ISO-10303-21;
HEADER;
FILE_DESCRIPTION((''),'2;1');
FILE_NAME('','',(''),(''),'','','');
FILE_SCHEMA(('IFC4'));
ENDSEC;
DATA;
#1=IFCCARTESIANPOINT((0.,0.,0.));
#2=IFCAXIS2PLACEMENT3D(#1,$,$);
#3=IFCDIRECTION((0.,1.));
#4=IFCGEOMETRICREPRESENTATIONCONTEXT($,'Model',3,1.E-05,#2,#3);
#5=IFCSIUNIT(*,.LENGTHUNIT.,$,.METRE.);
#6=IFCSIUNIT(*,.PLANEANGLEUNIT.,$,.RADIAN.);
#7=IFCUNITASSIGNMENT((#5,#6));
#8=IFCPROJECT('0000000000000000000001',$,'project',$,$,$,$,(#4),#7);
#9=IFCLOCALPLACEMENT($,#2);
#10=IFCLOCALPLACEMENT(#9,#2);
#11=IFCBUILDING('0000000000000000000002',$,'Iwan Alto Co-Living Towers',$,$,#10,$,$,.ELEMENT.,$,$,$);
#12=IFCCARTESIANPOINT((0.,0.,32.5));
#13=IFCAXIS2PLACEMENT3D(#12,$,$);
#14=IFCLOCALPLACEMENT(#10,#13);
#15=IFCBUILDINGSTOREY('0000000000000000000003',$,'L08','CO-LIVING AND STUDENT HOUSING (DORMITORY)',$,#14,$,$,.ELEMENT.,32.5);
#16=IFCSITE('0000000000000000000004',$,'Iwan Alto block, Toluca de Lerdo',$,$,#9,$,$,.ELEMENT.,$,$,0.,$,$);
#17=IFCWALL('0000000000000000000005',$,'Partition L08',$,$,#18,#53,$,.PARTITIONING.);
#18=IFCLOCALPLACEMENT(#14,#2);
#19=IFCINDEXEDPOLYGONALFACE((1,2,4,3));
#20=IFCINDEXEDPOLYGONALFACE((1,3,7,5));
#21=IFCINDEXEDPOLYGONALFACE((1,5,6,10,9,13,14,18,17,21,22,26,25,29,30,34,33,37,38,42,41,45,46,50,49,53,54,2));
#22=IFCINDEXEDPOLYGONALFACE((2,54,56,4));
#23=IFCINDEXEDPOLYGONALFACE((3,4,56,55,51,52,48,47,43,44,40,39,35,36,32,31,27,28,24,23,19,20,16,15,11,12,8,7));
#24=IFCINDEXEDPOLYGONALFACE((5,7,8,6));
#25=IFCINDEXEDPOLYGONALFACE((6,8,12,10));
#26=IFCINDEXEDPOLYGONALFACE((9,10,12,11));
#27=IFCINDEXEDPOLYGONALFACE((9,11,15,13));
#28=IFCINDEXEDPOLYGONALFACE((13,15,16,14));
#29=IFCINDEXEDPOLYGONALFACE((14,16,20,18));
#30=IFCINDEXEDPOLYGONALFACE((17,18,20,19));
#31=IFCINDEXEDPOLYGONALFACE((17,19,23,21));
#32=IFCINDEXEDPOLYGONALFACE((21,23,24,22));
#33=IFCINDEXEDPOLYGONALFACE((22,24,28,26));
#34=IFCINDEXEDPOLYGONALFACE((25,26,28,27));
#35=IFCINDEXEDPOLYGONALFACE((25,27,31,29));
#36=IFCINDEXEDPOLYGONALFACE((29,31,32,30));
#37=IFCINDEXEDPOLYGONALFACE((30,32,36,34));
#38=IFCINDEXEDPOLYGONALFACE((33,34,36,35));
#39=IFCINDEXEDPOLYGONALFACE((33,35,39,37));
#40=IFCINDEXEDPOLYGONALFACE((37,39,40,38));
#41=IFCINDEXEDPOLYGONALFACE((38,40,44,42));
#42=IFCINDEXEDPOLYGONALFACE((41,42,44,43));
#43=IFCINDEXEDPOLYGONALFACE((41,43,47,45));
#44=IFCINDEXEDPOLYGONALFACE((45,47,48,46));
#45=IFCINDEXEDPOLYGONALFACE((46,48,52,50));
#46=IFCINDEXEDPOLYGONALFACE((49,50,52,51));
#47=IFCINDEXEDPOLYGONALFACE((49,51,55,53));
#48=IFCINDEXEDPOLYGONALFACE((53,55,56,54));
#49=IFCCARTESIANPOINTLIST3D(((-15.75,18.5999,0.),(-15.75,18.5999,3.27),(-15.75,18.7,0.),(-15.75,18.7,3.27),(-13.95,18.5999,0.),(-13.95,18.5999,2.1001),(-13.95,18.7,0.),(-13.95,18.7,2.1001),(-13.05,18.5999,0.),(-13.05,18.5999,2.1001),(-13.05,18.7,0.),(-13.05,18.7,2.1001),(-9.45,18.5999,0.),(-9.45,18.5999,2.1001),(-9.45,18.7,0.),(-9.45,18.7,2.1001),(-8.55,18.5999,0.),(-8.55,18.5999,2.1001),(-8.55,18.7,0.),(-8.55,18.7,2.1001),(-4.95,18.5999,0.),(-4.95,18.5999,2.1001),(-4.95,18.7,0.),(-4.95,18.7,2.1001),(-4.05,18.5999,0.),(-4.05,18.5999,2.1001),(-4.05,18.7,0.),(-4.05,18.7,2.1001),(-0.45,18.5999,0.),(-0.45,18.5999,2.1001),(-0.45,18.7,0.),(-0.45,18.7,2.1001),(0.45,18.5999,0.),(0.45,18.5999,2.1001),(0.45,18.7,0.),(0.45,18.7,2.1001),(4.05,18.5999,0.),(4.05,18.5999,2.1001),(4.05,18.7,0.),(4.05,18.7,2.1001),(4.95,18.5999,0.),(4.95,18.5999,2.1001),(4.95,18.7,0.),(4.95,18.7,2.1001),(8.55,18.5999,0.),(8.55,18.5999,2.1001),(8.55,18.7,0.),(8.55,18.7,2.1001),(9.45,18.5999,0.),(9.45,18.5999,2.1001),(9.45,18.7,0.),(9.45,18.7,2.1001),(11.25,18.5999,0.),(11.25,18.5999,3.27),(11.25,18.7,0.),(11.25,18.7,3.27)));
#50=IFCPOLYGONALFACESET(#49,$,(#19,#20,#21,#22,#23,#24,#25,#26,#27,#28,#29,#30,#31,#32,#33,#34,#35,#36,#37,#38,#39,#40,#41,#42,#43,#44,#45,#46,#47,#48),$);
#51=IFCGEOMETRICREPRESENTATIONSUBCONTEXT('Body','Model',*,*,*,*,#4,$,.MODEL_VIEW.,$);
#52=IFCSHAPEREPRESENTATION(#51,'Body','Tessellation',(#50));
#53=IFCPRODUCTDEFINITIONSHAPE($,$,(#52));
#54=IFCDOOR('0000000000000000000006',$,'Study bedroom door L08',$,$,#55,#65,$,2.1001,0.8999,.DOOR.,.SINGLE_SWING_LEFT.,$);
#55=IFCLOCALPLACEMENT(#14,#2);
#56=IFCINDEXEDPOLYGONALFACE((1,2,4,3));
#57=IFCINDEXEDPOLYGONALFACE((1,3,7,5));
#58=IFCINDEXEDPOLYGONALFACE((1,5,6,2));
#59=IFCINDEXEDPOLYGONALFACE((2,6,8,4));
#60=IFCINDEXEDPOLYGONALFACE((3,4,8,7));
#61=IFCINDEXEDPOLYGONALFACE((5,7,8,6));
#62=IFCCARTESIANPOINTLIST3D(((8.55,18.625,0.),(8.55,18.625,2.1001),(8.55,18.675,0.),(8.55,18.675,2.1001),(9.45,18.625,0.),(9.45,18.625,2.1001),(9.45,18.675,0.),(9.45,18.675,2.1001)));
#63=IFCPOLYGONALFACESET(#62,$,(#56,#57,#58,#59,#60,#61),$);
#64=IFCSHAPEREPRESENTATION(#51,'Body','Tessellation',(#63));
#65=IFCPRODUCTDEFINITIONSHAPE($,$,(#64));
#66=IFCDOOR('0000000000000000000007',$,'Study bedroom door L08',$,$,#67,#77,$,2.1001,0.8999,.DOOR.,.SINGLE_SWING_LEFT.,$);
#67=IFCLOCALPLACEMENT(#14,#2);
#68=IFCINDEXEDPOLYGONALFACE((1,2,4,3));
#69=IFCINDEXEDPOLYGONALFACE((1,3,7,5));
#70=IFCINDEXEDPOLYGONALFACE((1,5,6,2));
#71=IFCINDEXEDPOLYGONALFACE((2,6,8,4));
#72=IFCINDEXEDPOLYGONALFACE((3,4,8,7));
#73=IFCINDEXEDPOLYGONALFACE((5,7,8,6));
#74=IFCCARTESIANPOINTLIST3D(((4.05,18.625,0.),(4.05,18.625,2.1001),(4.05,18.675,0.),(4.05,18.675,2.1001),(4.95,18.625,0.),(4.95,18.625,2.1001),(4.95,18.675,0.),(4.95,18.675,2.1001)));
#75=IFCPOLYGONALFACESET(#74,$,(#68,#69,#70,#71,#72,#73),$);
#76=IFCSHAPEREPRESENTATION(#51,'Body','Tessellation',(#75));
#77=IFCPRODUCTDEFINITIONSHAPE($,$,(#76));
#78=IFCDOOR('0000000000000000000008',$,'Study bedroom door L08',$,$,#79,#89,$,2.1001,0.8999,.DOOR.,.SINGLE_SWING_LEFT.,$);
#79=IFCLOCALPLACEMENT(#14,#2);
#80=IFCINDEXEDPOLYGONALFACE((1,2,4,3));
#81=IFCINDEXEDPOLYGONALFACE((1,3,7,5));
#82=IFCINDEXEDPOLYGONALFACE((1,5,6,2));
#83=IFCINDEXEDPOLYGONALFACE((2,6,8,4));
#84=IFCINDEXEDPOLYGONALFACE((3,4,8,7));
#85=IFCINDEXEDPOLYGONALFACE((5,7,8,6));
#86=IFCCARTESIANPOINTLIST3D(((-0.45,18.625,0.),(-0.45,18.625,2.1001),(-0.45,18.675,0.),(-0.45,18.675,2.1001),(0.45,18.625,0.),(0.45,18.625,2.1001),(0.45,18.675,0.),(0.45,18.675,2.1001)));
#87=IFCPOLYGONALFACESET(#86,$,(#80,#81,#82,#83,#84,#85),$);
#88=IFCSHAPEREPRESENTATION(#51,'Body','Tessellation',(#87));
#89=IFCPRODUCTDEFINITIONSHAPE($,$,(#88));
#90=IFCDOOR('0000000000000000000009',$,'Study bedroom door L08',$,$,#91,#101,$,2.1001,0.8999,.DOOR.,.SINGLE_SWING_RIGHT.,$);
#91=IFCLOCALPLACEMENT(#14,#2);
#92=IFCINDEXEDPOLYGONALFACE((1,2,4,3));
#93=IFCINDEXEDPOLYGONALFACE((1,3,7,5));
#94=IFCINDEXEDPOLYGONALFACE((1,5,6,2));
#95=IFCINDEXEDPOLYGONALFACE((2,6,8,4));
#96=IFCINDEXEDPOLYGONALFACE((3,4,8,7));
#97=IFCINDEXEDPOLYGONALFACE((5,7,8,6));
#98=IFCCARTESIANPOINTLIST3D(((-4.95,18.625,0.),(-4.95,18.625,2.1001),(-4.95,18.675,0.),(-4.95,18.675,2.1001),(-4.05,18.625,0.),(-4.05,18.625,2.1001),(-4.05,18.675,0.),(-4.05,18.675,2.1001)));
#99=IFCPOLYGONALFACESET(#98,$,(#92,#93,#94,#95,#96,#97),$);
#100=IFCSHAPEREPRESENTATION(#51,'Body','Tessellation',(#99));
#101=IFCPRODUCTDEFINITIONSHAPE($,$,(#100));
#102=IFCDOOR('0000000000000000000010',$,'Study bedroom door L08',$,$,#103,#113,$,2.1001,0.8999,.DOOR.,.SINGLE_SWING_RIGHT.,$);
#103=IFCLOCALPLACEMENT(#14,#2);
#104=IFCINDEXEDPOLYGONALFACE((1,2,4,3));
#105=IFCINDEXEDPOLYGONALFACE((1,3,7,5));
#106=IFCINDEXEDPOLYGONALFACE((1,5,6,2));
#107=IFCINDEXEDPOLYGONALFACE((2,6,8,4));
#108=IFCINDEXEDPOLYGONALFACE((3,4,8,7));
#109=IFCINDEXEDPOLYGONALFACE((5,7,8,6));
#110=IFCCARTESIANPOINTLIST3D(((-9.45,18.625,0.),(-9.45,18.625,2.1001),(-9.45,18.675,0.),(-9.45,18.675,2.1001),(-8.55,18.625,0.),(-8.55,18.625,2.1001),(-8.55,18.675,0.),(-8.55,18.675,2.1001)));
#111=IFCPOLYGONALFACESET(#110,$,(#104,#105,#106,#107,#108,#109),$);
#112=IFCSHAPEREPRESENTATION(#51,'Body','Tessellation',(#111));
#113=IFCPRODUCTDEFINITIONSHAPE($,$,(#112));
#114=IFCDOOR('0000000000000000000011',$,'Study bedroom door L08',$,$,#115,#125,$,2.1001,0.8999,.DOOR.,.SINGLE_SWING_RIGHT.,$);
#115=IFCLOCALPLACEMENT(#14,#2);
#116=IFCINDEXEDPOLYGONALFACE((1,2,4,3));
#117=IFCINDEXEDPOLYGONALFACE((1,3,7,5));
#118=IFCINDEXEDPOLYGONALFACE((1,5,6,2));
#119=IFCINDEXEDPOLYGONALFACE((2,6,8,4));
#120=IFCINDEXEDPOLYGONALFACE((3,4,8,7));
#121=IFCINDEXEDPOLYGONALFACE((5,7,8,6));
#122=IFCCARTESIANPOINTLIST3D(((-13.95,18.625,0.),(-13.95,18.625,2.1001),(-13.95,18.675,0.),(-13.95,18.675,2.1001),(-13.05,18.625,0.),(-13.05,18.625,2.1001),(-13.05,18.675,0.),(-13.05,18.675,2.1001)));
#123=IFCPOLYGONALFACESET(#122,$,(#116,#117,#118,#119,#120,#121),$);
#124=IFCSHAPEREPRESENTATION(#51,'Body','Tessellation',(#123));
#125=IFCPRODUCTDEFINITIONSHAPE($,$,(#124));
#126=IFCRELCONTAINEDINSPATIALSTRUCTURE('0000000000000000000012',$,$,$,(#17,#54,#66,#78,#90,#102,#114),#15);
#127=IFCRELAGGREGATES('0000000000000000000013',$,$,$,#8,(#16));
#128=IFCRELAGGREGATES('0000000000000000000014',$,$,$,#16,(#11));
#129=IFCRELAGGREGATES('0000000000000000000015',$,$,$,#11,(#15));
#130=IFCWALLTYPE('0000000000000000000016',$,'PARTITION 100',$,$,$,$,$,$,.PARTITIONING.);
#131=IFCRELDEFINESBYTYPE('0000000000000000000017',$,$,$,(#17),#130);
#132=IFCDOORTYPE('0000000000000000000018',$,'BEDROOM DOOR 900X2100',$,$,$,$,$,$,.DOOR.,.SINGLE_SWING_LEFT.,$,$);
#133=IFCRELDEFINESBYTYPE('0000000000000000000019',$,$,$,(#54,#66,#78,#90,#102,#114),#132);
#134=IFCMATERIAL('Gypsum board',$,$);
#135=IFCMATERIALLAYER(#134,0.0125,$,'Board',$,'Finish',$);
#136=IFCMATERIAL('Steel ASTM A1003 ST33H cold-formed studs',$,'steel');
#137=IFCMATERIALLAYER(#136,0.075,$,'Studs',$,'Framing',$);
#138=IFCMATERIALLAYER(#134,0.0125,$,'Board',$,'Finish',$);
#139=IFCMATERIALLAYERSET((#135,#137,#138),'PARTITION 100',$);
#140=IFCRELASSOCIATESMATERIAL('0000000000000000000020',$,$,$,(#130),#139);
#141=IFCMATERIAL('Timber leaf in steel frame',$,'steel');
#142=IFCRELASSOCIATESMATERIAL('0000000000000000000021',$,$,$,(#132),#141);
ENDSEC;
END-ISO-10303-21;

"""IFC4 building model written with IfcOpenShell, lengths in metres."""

from ifc_helpers import new_model, si_unit, direction, frame, frame_2d, origin, place, context, subcontext, project, spatial, rectangle, extrude, material, layer, layer_set, type_object, element, fill, save


model = new_model("IFC4")

# Units and contexts
model_context = context("Model", 3, precision=1e-05, world=origin(), true_north=direction((0.0, 1.0)))
body_context = subcontext(model_context, "Body", "Model", "MODEL_VIEW")
ifc_project = project(units=[si_unit("LENGTHUNIT", "METRE"), si_unit("PLANEANGLEUNIT", "RADIAN")], contexts=[model_context])

# Site, building, storey
site_placement = place(None, origin())
site = spatial("IfcSite", under=ifc_project, at=site_placement, Name="Iwan Alto block, Toluca de Lerdo", CompositionType="ELEMENT", RefElevation=0.0)
building_placement = place(site_placement, origin())
building = spatial("IfcBuilding", under=site, at=building_placement, Name="Iwan Alto Co-Living Towers", CompositionType="ELEMENT")
storey_placement = place(building_placement, frame((0.0, 0.0, 32.5)))
storey = spatial("IfcBuildingStorey", under=building, at=storey_placement, Name="L08", Description="CO-LIVING AND STUDENT HOUSING (DORMITORY)", CompositionType="ELEMENT", Elevation=32.5)

# Wall, openings, doors
ifc_material_1 = material(Name="Gypsum board")
ifc_layer_1 = layer(ifc_material_1, 0.0125, Name="Board", Category="Finish")
ifc_material_2 = material(Name="Steel ASTM A1003 ST33H cold-formed studs", Category="steel")
ifc_layer_2 = layer(ifc_material_2, 0.075, Name="Studs", Category="Framing")
ifc_layer_3 = layer(ifc_material_1, 0.0125, Name="Board", Category="Finish")
ifc_layer_set_1 = layer_set([ifc_layer_1, ifc_layer_2, ifc_layer_3], Name="PARTITION 100")
wall_type = type_object("IfcWallType", Name="PARTITION 100", PredefinedType="PARTITIONING", material=ifc_layer_set_1)
wall_placement = place(storey_placement, frame((-15.75, 18.6499, 0.0), z_axis=(0.0, 0.0, 1.0), x_axis=(1.0, 0.0, 0.0)))
wall = element("IfcWall", 1, at=wall_placement, inside=storey, type_object=wall_type, Name="Partition L08", PredefinedType="PARTITIONING", context=body_context, shape_type="SweptSolid", body=[
    extrude(rectangle(XDim=27.0, YDim=0.1001, at=frame_2d((13.5, 0.0))), origin(), (0.0, 0.0, 1.0), 3.27),
])
opening_1_placement = place(wall_placement, frame((24.3, 0.0, 0.0)))
opening_1 = element("IfcOpeningElement", 2, at=opening_1_placement, cuts=wall, PredefinedType="OPENING", context=body_context, shape_type="SweptSolid", body=[
    extrude(rectangle(XDim=0.8999, YDim=2.1001, at=frame_2d((0.45, 1.05))), frame((0.0, 0.0601, 0.0), z_axis=(0.0, -1.0, 0.0), x_axis=(1.0, 0.0, 0.0)), (0.0, 0.0, 1.0), 0.1201),
])
opening_2_placement = place(wall_placement, frame((19.8, 0.0, 0.0)))
opening_2 = element("IfcOpeningElement", 3, at=opening_2_placement, cuts=wall, PredefinedType="OPENING", context=body_context, shape_type="SweptSolid", body=[
    extrude(rectangle(XDim=0.8999, YDim=2.1001, at=frame_2d((0.45, 1.05))), frame((0.0, 0.0601, 0.0), z_axis=(0.0, -1.0, 0.0), x_axis=(1.0, 0.0, 0.0)), (0.0, 0.0, 1.0), 0.1201),
])
opening_3_placement = place(wall_placement, frame((15.3, 0.0, 0.0)))
opening_3 = element("IfcOpeningElement", 4, at=opening_3_placement, cuts=wall, PredefinedType="OPENING", context=body_context, shape_type="SweptSolid", body=[
    extrude(rectangle(XDim=0.8999, YDim=2.1001, at=frame_2d((0.45, 1.05))), frame((0.0, 0.0601, 0.0), z_axis=(0.0, -1.0, 0.0), x_axis=(1.0, 0.0, 0.0)), (0.0, 0.0, 1.0), 0.1201),
])
opening_4_placement = place(wall_placement, frame((10.8, 0.0, 0.0)))
opening_4 = element("IfcOpeningElement", 5, at=opening_4_placement, cuts=wall, PredefinedType="OPENING", context=body_context, shape_type="SweptSolid", body=[
    extrude(rectangle(XDim=0.8999, YDim=2.1001, at=frame_2d((0.45, 1.05))), frame((0.0, 0.0601, 0.0), z_axis=(0.0, -1.0, 0.0), x_axis=(1.0, 0.0, 0.0)), (0.0, 0.0, 1.0), 0.1201),
])
opening_5_placement = place(wall_placement, frame((6.3, 0.0, 0.0)))
opening_5 = element("IfcOpeningElement", 6, at=opening_5_placement, cuts=wall, PredefinedType="OPENING", context=body_context, shape_type="SweptSolid", body=[
    extrude(rectangle(XDim=0.8999, YDim=2.1001, at=frame_2d((0.45, 1.05))), frame((0.0, 0.0601, 0.0), z_axis=(0.0, -1.0, 0.0), x_axis=(1.0, 0.0, 0.0)), (0.0, 0.0, 1.0), 0.1201),
])
opening_6_placement = place(wall_placement, frame((1.8, 0.0, 0.0)))
opening_6 = element("IfcOpeningElement", 7, at=opening_6_placement, cuts=wall, PredefinedType="OPENING", context=body_context, shape_type="SweptSolid", body=[
    extrude(rectangle(XDim=0.8999, YDim=2.1001, at=frame_2d((0.45, 1.05))), frame((0.0, 0.0601, 0.0), z_axis=(0.0, -1.0, 0.0), x_axis=(1.0, 0.0, 0.0)), (0.0, 0.0, 1.0), 0.1201),
])
ifc_material_3 = material(Name="Timber leaf in steel frame", Category="steel")
door_type = type_object("IfcDoorType", Name="BEDROOM DOOR 900X2100", OperationType="SINGLE_SWING_LEFT", PredefinedType="DOOR", material=ifc_material_3)
door_1_placement = place(opening_1_placement, frame((0.8999, 0.0, 0.0), z_axis=(0.0, 0.0, 1.0), x_axis=(-1.0, 0.0, 0.0)))
door_1 = element("IfcDoor", 8, at=door_1_placement, inside=storey, type_object=door_type, Name="Study bedroom door L08", OperationType="SINGLE_SWING_LEFT", OverallHeight=2.1001, OverallWidth=0.8999, PredefinedType="DOOR", context=body_context, shape_type="SweptSolid", body=[
    extrude(rectangle(XDim=0.8999, YDim=2.1001, at=frame_2d((0.45, 1.05))), frame((0.0, 0.0249, 0.0), z_axis=(0.0, -1.0, 0.0), x_axis=(1.0, 0.0, 0.0)), (0.0, 0.0, 1.0), 0.05),
])
fill(opening_1, door_1)
door_2_placement = place(opening_2_placement, frame((0.8999, 0.0, 0.0), z_axis=(0.0, 0.0, 1.0), x_axis=(-1.0, 0.0, 0.0)))
door_2 = element("IfcDoor", 9, at=door_2_placement, inside=storey, type_object=door_type, Name="Study bedroom door L08", OperationType="SINGLE_SWING_LEFT", OverallHeight=2.1001, OverallWidth=0.8999, PredefinedType="DOOR", context=body_context, shape_type="SweptSolid", body=[
    extrude(rectangle(XDim=0.8999, YDim=2.1001, at=frame_2d((0.45, 1.05))), frame((0.0, 0.0249, 0.0), z_axis=(0.0, -1.0, 0.0), x_axis=(1.0, 0.0, 0.0)), (0.0, 0.0, 1.0), 0.05),
])
fill(opening_2, door_2)
door_3_placement = place(opening_3_placement, frame((0.8999, 0.0, 0.0), z_axis=(0.0, 0.0, 1.0), x_axis=(-1.0, 0.0, 0.0)))
door_3 = element("IfcDoor", 10, at=door_3_placement, inside=storey, type_object=door_type, Name="Study bedroom door L08", OperationType="SINGLE_SWING_LEFT", OverallHeight=2.1001, OverallWidth=0.8999, PredefinedType="DOOR", context=body_context, shape_type="SweptSolid", body=[
    extrude(rectangle(XDim=0.8999, YDim=2.1001, at=frame_2d((0.45, 1.05))), frame((0.0, 0.0249, 0.0), z_axis=(0.0, -1.0, 0.0), x_axis=(1.0, 0.0, 0.0)), (0.0, 0.0, 1.0), 0.05),
])
fill(opening_3, door_3)
door_4_placement = place(opening_4_placement, frame((0.8999, 0.0, 0.0), z_axis=(0.0, 0.0, 1.0), x_axis=(-1.0, 0.0, 0.0)))
door_4 = element("IfcDoor", 11, at=door_4_placement, inside=storey, type_object=door_type, Name="Study bedroom door L08", OperationType="SINGLE_SWING_RIGHT", OverallHeight=2.1001, OverallWidth=0.8999, PredefinedType="DOOR", context=body_context, shape_type="SweptSolid", body=[
    extrude(rectangle(XDim=0.8999, YDim=2.1001, at=frame_2d((0.45, 1.05))), frame((0.0, 0.0249, 0.0), z_axis=(0.0, -1.0, 0.0), x_axis=(1.0, 0.0, 0.0)), (0.0, 0.0, 1.0), 0.05),
])
fill(opening_4, door_4)
door_5_placement = place(opening_5_placement, frame((0.8999, 0.0, 0.0), z_axis=(0.0, 0.0, 1.0), x_axis=(-1.0, 0.0, 0.0)))
door_5 = element("IfcDoor", 12, at=door_5_placement, inside=storey, type_object=door_type, Name="Study bedroom door L08", OperationType="SINGLE_SWING_RIGHT", OverallHeight=2.1001, OverallWidth=0.8999, PredefinedType="DOOR", context=body_context, shape_type="SweptSolid", body=[
    extrude(rectangle(XDim=0.8999, YDim=2.1001, at=frame_2d((0.45, 1.05))), frame((0.0, 0.0249, 0.0), z_axis=(0.0, -1.0, 0.0), x_axis=(1.0, 0.0, 0.0)), (0.0, 0.0, 1.0), 0.05),
])
fill(opening_5, door_5)
door_6_placement = place(opening_6_placement, frame((0.8999, 0.0, 0.0), z_axis=(0.0, 0.0, 1.0), x_axis=(-1.0, 0.0, 0.0)))
door_6 = element("IfcDoor", 13, at=door_6_placement, inside=storey, type_object=door_type, Name="Study bedroom door L08", OperationType="SINGLE_SWING_RIGHT", OverallHeight=2.1001, OverallWidth=0.8999, PredefinedType="DOOR", context=body_context, shape_type="SweptSolid", body=[
    extrude(rectangle(XDim=0.8999, YDim=2.1001, at=frame_2d((0.45, 1.05))), frame((0.0, 0.0249, 0.0), z_axis=(0.0, -1.0, 0.0), x_axis=(1.0, 0.0, 0.0)), (0.0, 0.0, 1.0), 0.05),
])
fill(opening_6, door_6)

save(model, "model.ifc")
